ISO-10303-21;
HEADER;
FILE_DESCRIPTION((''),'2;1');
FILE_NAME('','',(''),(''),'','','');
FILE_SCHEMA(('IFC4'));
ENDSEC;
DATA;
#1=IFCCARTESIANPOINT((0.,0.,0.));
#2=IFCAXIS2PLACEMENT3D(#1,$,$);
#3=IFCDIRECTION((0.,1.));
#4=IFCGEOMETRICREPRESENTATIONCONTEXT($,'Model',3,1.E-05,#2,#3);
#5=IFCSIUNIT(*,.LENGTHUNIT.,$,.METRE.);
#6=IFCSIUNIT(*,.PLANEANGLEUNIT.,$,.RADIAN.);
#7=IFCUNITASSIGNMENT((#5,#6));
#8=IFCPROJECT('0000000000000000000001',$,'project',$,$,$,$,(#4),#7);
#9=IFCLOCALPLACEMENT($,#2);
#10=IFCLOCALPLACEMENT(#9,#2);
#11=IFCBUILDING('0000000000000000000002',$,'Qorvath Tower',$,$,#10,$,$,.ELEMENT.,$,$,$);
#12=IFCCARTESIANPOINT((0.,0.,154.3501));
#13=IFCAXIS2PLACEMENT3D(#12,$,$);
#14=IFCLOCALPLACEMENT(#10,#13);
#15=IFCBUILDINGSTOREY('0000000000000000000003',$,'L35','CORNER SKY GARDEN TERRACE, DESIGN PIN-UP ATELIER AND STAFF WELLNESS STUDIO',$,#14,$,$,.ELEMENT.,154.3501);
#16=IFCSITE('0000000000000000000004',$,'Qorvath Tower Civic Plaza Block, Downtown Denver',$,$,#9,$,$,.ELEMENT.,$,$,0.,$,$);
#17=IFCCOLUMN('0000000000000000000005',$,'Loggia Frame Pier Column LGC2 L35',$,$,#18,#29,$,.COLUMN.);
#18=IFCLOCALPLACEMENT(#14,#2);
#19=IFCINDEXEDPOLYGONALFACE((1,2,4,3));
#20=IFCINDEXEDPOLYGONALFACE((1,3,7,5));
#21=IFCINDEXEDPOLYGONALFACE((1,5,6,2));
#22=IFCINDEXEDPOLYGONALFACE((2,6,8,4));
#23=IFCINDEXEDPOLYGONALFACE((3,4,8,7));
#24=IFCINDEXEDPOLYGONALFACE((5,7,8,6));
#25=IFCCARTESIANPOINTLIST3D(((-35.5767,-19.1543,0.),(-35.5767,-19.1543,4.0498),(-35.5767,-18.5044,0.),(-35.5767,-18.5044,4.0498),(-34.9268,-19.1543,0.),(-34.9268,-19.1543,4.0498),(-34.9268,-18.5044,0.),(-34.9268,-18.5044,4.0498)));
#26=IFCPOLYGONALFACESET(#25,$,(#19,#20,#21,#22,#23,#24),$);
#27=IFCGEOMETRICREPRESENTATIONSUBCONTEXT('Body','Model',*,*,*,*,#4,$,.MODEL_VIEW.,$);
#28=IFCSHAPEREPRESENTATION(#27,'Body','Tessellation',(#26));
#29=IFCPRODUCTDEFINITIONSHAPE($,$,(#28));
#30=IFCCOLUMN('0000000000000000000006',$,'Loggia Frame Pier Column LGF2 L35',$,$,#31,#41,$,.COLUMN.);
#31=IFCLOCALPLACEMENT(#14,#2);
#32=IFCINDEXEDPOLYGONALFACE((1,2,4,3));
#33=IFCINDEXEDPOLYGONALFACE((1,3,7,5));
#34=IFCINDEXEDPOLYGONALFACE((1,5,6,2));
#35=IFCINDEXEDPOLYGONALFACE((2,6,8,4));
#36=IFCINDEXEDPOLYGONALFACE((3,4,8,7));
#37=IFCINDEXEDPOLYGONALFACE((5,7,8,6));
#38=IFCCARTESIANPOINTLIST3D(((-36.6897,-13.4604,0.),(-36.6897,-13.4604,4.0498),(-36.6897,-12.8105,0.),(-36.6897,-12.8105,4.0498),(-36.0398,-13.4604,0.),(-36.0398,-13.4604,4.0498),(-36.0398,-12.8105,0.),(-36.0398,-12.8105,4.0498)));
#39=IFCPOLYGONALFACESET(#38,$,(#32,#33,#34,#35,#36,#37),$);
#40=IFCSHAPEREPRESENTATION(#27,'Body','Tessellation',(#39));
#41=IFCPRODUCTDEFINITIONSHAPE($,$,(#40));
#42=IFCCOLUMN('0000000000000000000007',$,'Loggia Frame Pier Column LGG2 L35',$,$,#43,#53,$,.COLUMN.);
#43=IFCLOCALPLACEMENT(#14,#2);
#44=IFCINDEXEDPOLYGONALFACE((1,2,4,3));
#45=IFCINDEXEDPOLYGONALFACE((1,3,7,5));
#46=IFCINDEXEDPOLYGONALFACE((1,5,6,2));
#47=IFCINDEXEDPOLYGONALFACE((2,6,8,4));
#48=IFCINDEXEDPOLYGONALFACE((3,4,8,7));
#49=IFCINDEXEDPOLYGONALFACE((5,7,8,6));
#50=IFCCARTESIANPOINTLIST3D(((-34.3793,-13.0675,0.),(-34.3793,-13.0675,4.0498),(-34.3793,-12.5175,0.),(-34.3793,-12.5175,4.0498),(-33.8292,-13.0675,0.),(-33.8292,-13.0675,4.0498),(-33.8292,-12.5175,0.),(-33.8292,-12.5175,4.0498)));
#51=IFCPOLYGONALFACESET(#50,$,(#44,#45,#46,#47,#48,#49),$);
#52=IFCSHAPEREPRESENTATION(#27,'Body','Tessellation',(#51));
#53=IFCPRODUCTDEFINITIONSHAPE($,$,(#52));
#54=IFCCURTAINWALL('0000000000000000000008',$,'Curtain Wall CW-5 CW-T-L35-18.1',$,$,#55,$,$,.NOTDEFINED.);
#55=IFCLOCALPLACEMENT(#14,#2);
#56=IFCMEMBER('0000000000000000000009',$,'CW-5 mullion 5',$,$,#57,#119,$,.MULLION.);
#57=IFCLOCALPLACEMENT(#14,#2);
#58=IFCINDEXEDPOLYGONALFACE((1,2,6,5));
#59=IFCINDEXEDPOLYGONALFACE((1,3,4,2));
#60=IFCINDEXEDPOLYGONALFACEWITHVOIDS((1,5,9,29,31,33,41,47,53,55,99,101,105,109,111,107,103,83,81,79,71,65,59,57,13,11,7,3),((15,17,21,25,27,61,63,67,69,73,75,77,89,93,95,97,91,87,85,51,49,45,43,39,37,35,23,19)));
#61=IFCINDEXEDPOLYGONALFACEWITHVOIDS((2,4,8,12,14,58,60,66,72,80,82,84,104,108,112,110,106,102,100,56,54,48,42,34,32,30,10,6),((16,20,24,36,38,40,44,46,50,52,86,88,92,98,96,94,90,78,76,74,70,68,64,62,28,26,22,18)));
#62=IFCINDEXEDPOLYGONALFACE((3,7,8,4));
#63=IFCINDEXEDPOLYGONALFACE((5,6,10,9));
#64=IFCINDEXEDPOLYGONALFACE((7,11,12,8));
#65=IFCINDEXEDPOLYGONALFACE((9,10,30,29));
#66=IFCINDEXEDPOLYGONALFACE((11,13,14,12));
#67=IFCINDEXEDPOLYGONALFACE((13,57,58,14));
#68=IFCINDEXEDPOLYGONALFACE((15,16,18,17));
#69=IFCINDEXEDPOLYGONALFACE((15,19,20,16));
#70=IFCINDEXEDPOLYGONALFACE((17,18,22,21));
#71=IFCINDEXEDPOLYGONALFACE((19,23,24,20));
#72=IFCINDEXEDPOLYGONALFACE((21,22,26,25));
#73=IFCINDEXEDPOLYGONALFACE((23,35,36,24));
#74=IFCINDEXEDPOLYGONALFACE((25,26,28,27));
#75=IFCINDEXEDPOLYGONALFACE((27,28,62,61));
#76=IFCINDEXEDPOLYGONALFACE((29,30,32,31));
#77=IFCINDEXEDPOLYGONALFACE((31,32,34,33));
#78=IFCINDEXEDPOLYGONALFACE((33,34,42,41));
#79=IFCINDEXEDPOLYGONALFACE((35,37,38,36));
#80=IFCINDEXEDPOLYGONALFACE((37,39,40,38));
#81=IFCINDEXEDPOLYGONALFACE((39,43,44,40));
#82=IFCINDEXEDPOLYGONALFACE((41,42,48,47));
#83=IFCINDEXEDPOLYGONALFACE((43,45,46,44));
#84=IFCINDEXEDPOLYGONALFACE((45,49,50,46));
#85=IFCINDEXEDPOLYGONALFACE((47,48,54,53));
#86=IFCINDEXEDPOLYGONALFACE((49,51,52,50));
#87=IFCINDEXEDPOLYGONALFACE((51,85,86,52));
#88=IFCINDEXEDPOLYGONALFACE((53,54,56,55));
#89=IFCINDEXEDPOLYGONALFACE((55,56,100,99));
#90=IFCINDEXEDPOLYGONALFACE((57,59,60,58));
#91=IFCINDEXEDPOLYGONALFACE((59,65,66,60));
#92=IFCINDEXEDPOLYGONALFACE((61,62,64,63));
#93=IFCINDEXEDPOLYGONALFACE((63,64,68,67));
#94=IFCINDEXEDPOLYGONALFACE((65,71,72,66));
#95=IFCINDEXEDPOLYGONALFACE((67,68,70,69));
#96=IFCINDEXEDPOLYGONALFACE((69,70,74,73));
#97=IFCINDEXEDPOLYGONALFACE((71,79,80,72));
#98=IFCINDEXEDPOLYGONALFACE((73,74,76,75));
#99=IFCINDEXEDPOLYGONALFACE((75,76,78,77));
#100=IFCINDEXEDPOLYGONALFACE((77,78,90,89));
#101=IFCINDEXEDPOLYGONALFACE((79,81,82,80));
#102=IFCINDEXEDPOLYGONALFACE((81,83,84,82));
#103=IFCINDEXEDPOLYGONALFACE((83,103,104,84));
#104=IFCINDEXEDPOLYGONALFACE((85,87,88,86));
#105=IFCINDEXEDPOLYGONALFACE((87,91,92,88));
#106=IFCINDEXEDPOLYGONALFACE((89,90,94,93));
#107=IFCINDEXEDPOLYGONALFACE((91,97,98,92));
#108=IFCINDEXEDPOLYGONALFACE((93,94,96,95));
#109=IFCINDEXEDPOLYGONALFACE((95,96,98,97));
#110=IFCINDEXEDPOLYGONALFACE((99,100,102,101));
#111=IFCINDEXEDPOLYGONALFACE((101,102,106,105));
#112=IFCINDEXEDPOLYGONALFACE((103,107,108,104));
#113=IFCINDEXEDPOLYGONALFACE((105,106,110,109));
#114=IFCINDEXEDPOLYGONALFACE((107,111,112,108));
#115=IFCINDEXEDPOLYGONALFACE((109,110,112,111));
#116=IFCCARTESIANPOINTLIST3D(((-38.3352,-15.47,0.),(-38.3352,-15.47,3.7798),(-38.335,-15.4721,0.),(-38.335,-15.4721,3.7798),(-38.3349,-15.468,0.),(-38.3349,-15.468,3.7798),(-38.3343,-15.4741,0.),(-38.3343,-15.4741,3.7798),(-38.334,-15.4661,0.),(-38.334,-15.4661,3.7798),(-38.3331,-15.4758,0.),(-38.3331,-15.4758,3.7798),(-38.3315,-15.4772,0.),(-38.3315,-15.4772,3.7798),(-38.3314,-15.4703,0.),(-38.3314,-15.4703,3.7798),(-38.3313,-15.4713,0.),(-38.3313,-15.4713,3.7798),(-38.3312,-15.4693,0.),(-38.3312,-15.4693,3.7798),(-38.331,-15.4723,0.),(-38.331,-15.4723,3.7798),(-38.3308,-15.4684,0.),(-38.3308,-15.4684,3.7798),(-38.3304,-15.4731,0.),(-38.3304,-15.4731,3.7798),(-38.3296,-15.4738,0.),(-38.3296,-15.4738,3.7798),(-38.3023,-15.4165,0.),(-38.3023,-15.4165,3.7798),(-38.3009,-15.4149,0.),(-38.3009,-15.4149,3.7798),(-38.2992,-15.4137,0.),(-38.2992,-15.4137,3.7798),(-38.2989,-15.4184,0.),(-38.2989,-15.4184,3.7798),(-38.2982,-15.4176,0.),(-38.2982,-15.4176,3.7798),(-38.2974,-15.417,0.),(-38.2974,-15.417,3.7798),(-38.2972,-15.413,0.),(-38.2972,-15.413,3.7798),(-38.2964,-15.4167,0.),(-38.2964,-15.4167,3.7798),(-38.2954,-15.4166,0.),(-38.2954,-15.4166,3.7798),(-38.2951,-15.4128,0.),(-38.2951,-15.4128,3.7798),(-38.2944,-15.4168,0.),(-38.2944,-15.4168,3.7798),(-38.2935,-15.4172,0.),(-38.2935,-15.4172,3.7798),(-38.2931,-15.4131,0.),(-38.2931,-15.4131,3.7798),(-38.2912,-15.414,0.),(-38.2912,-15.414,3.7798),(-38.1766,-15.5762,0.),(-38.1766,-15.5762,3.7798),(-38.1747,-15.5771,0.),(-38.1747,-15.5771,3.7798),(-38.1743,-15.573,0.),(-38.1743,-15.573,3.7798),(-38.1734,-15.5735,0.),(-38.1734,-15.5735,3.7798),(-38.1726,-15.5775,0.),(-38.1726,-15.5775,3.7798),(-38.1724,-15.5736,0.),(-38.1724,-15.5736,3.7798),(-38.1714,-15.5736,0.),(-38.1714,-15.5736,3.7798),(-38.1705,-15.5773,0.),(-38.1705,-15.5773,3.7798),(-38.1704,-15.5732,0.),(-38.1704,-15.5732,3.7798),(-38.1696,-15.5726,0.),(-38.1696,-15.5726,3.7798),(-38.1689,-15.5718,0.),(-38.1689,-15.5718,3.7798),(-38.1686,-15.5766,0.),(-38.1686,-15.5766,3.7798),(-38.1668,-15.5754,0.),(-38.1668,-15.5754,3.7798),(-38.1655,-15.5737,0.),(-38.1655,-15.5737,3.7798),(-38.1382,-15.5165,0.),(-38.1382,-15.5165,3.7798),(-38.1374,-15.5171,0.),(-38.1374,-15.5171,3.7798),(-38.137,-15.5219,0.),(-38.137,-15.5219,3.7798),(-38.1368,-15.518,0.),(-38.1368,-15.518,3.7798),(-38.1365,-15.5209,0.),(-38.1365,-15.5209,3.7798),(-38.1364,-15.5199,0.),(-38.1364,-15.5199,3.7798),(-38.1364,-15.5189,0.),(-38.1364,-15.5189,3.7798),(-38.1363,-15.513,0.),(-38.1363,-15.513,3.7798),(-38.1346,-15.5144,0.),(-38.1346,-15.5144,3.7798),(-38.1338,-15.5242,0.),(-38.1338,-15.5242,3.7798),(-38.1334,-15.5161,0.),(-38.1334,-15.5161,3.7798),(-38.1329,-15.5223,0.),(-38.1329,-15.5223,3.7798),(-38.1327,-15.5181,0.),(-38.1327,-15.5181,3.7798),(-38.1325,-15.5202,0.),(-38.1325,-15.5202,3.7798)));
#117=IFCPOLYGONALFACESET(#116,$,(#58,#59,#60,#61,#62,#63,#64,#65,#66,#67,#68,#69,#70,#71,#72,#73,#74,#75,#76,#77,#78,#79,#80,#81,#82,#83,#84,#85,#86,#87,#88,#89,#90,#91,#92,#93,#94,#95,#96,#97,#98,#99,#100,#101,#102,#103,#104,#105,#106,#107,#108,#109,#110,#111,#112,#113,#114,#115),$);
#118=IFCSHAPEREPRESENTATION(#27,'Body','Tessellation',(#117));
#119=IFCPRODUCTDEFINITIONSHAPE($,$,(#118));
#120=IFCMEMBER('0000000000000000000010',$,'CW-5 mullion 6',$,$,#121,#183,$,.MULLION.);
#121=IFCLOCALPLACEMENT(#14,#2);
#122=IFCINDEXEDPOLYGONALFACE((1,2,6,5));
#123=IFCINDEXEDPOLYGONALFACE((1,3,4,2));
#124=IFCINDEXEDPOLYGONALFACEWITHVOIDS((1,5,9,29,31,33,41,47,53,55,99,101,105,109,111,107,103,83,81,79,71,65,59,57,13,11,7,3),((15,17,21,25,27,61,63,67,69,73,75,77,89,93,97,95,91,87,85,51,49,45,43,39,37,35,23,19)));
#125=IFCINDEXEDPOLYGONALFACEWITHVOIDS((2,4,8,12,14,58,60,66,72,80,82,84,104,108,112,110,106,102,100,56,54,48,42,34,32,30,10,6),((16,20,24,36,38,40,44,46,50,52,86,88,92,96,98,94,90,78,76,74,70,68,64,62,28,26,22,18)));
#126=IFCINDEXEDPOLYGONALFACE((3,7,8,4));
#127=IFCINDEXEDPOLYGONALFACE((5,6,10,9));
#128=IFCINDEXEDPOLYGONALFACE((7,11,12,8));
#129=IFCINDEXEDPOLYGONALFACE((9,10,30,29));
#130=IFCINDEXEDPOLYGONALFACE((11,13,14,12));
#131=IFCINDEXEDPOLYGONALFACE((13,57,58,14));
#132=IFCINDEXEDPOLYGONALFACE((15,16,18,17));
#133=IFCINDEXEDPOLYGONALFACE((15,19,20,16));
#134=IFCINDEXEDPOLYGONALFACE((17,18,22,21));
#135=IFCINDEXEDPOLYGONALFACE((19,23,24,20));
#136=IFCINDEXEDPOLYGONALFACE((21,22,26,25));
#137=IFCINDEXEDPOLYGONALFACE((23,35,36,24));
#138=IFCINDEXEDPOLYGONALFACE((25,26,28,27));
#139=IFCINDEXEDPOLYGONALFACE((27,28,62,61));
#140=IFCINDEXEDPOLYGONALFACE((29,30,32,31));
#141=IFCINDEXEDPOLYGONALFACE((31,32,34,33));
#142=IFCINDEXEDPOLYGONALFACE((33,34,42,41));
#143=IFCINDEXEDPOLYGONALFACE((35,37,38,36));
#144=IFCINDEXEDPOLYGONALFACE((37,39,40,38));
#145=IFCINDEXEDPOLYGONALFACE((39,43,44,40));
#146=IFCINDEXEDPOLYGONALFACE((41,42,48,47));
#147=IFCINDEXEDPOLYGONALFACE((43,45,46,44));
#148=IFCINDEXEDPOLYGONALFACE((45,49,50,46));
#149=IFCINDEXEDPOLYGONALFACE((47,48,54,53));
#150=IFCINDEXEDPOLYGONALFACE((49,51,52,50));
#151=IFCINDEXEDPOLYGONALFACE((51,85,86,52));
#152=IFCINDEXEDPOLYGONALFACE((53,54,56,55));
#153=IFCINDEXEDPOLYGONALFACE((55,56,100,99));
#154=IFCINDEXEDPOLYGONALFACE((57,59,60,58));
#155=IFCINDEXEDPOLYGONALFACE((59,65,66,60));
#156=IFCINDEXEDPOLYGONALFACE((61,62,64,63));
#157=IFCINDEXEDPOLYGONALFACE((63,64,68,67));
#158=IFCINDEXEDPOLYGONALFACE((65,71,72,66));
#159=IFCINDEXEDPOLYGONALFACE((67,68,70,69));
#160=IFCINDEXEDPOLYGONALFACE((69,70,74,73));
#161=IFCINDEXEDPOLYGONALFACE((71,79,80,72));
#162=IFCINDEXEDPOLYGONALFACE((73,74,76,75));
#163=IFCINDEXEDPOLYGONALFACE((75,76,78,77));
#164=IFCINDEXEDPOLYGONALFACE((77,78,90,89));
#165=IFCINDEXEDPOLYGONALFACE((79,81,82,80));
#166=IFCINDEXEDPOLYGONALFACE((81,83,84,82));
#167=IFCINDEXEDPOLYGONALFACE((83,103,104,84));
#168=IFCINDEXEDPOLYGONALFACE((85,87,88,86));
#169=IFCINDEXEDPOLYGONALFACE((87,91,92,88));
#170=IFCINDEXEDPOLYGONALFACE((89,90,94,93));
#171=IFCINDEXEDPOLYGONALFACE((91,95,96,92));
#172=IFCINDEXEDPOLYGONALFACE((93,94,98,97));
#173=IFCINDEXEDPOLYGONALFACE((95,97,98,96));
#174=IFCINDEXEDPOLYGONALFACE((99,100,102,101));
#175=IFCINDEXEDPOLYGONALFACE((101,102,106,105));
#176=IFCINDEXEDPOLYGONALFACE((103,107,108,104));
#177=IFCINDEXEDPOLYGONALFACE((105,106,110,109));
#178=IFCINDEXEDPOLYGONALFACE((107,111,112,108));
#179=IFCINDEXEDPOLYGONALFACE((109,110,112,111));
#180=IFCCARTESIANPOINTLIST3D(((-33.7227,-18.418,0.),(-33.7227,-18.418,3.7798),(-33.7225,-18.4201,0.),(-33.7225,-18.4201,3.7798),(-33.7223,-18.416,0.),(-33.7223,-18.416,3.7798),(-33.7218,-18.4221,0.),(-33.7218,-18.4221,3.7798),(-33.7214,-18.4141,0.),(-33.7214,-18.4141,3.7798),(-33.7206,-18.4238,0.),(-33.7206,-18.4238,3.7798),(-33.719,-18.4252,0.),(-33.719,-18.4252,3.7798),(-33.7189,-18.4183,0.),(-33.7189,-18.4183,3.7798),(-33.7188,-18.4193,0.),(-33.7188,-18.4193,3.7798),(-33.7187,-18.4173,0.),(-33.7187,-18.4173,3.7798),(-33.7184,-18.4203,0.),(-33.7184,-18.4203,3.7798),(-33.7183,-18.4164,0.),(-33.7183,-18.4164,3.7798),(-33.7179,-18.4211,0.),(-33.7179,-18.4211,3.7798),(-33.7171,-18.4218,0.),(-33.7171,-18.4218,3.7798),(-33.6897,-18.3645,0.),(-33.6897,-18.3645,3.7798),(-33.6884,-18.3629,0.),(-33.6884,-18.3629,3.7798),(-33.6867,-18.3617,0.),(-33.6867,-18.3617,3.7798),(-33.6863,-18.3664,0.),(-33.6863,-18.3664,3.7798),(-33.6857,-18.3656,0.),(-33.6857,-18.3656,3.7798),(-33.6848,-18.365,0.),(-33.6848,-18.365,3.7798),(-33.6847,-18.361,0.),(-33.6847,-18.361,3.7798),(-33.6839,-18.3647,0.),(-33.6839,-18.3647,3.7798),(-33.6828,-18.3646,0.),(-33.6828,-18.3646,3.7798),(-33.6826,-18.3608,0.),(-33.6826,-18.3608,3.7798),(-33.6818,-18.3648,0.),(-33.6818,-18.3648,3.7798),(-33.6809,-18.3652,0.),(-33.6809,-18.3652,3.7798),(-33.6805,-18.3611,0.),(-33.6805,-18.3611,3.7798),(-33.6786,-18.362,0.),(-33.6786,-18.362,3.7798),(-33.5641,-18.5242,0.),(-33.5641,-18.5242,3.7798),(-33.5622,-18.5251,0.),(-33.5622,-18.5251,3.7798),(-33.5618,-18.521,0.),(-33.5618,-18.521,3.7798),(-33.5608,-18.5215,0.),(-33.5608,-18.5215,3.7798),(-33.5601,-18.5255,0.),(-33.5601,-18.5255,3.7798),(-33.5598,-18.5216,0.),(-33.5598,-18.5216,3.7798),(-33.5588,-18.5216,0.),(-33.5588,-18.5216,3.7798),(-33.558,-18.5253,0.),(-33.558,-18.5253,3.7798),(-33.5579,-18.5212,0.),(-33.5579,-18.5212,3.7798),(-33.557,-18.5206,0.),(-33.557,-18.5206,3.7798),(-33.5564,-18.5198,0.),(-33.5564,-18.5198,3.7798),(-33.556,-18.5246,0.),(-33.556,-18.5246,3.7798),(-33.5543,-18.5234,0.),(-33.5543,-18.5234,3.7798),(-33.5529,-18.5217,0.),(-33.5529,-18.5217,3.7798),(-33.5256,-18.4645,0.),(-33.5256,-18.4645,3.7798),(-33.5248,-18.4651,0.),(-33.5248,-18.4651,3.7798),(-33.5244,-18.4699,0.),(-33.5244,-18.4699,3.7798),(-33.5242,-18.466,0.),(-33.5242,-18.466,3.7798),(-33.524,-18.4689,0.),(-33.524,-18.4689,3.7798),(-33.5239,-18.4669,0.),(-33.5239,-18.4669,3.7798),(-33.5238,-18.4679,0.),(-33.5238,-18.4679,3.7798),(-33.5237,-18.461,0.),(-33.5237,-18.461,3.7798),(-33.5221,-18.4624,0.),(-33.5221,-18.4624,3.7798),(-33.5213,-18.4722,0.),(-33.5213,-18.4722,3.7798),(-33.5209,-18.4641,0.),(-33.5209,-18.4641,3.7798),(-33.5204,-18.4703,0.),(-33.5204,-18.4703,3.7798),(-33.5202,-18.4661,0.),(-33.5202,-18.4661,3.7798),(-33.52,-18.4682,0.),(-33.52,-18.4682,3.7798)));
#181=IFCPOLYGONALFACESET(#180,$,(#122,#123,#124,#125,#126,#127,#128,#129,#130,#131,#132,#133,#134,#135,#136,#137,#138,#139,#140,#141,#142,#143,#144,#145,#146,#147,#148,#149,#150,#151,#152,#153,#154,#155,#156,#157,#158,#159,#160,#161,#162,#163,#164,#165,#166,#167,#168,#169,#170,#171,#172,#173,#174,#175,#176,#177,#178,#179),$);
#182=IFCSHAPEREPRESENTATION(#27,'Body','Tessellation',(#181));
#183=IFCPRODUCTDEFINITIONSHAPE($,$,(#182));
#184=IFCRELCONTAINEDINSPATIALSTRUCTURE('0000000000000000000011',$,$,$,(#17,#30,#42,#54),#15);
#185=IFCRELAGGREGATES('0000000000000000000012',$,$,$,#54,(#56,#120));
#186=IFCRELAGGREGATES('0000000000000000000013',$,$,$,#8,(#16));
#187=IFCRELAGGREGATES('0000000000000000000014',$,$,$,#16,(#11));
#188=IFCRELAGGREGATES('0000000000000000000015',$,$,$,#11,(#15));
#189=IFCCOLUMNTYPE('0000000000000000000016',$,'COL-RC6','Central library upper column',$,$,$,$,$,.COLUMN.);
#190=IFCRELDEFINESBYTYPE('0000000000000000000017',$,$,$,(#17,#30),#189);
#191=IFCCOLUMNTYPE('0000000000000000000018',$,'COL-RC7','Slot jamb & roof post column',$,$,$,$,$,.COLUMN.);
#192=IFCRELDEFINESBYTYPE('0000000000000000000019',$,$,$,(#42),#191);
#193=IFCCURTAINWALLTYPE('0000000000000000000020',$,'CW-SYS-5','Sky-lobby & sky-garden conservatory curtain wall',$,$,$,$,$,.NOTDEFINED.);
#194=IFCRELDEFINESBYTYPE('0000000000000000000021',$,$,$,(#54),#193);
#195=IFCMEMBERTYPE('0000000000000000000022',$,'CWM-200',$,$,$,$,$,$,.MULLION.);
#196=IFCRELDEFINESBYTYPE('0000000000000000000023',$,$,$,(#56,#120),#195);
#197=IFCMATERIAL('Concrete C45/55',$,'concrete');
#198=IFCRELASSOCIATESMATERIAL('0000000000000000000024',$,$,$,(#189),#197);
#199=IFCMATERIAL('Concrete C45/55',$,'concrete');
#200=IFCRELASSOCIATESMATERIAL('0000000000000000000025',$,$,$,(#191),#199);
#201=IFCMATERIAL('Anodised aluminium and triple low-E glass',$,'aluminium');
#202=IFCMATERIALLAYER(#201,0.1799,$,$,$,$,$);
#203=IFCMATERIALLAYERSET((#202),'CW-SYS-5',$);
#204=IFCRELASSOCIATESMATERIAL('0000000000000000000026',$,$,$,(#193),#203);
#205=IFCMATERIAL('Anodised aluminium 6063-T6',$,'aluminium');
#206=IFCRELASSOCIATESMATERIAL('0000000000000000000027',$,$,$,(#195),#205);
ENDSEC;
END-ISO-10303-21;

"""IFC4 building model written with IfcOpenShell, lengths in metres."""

from ifc_helpers import new_model, si_unit, direction, frame, origin, origin_2d, place, context, subcontext, project, spatial, rectangle, hollow_rectangle, extrude, material, layer, layer_set, material_profile, profile_set, type_object, element, aggregate, save


model = new_model("IFC4")

# Units and contexts
model_context = context("Model", 3, precision=1e-05, world=origin(), true_north=direction((0.0, 1.0)))
body_context = subcontext(model_context, "Body", "Model", "MODEL_VIEW")
ifc_project = project(units=[si_unit("LENGTHUNIT", "METRE"), si_unit("PLANEANGLEUNIT", "RADIAN")], contexts=[model_context])

# Site, building, storey
site_placement = place(None, origin())
site = spatial("IfcSite", under=ifc_project, at=site_placement, Name="Qorvath Tower Civic Plaza Block, Downtown Denver", CompositionType="ELEMENT", RefElevation=0.0)
building_placement = place(site_placement, origin())
building = spatial("IfcBuilding", under=site, at=building_placement, Name="Qorvath Tower", CompositionType="ELEMENT")
storey_placement = place(building_placement, frame((0.0, 0.0, 154.3501)))
storey = spatial("IfcBuildingStorey", under=building, at=storey_placement, Name="L35", Description="CORNER SKY GARDEN TERRACE, DESIGN PIN-UP ATELIER AND STAFF WELLNESS STUDIO", CompositionType="ELEMENT", Elevation=154.3501)

# Columns
ifc_material_1 = material(Name="Concrete C45/55", Category="concrete")
ifc_material_profile_1 = material_profile(ifc_material_1, rectangle(XDim=0.6499, YDim=0.6499, at=origin_2d()), Name="RC 650x650")
ifc_profile_set_1 = profile_set([ifc_material_profile_1], Name="Concrete C45/55")
column_type_1 = type_object("IfcColumnType", Name="COL-RC6", Description="Central library upper column", PredefinedType="COLUMN", material=ifc_profile_set_1)
for number, where, z_axis, x_axis, name in (
    (1, (-35.2517, -18.8293, 0.0), (0.0, 0.0, 1.0), (1.0, 0.0, 0.0), "Loggia Frame Pier Column LGC2 L35"),
    (2, (-36.3647, -13.1355, 0.0), (0.0, 0.0, 1.0), (1.0, 0.0, 0.0), "Loggia Frame Pier Column LGF2 L35"),
):
    element("IfcColumn", number, at=place(storey_placement, frame(where, z_axis=z_axis, x_axis=x_axis)), inside=storey, type_object=column_type_1, Name=name, PredefinedType="COLUMN", context=body_context, shape_type="SweptSolid", body=[
        extrude(rectangle(XDim=0.6499, YDim=0.6499, at=origin_2d()), origin(), (0.0, 0.0, 1.0), 4.0498),
    ])
ifc_material_2 = material(Name="Concrete C45/55", Category="concrete")
ifc_material_profile_2 = material_profile(ifc_material_2, rectangle(XDim=0.55, YDim=0.55, at=origin_2d()), Name="RC 550x550")
ifc_profile_set_2 = profile_set([ifc_material_profile_2], Name="Concrete C45/55")
column_type_2 = type_object("IfcColumnType", Name="COL-RC7", Description="Slot jamb & roof post column", PredefinedType="COLUMN", material=ifc_profile_set_2)
column_placement = place(storey_placement, frame((-34.1042, -12.7925, 0.0), z_axis=(0.0, 0.0, 1.0), x_axis=(1.0, 0.0, 0.0)))
element("IfcColumn", 3, at=column_placement, inside=storey, type_object=column_type_2, Name="Loggia Frame Pier Column LGG2 L35", PredefinedType="COLUMN", context=body_context, shape_type="SweptSolid", body=[
    extrude(rectangle(XDim=0.55, YDim=0.55, at=origin_2d()), origin(), (0.0, 0.0, 1.0), 4.0498),
])

# Curtain wall, members
ifc_material_3 = material(Name="Anodised aluminium and triple low-E glass", Category="aluminium")
ifc_layer_1 = layer(ifc_material_3, 0.1799)
ifc_layer_set_1 = layer_set([ifc_layer_1], Name="CW-SYS-5")
curtain_wall_type = type_object("IfcCurtainWallType", Name="CW-SYS-5", Description="Sky-lobby & sky-garden conservatory curtain wall", PredefinedType="NOTDEFINED", material=ifc_layer_set_1)
curtain_wall_placement = place(storey_placement, origin())
curtain_wall = element("IfcCurtainWall", 4, at=curtain_wall_placement, inside=storey, type_object=curtain_wall_type, Name="Curtain Wall CW-5 CW-T-L35-18.1", PredefinedType="NOTDEFINED")
ifc_material_4 = material(Name="Anodised aluminium 6063-T6", Category="aluminium")
ifc_material_profile_3 = material_profile(ifc_material_4, hollow_rectangle(XDim=0.075, YDim=0.2, WallThickness=0.0039, InnerFilletRadius=0.0039, OuterFilletRadius=0.0081, at=origin_2d()), Name="CWM 200x75")
ifc_profile_set_3 = profile_set([ifc_material_profile_3], Name="Anodised aluminium 6063-T6")
member_type_1 = type_object("IfcMemberType", Name="CWM-200", PredefinedType="MULLION", material=ifc_profile_set_3)
member_1_placement = place(storey_placement, frame((-38.2339, -15.4951, 0.0), z_axis=(0.0, 0.0, 1.0), x_axis=(0.538536, 0.842602, 0.0)))
member_1 = element("IfcMember", 5, at=member_1_placement, type_object=member_type_1, Name="CW-5 mullion 5", PredefinedType="MULLION", context=body_context, shape_type="SweptSolid", body=[
    extrude(hollow_rectangle(XDim=0.075, YDim=0.2, WallThickness=0.0039, InnerFilletRadius=0.0039, OuterFilletRadius=0.0081, at=origin_2d()), origin(), (0.0, 0.0, 1.0), 3.7798),
])
member_2_placement = place(storey_placement, frame((-33.6213, -18.4431, 0.0), z_axis=(0.0, 0.0, 1.0), x_axis=(0.538536, 0.842602, 0.0)))
member_2 = element("IfcMember", 6, at=member_2_placement, type_object=member_type_1, Name="CW-5 mullion 6", PredefinedType="MULLION", context=body_context, shape_type="SweptSolid", body=[
    extrude(hollow_rectangle(XDim=0.075, YDim=0.2, WallThickness=0.0039, InnerFilletRadius=0.0039, OuterFilletRadius=0.0081, at=origin_2d()), origin(), (0.0, 0.0, 1.0), 3.7798),
])
aggregate(curtain_wall, [member_1, member_2])

save(model, "model.ifc")
